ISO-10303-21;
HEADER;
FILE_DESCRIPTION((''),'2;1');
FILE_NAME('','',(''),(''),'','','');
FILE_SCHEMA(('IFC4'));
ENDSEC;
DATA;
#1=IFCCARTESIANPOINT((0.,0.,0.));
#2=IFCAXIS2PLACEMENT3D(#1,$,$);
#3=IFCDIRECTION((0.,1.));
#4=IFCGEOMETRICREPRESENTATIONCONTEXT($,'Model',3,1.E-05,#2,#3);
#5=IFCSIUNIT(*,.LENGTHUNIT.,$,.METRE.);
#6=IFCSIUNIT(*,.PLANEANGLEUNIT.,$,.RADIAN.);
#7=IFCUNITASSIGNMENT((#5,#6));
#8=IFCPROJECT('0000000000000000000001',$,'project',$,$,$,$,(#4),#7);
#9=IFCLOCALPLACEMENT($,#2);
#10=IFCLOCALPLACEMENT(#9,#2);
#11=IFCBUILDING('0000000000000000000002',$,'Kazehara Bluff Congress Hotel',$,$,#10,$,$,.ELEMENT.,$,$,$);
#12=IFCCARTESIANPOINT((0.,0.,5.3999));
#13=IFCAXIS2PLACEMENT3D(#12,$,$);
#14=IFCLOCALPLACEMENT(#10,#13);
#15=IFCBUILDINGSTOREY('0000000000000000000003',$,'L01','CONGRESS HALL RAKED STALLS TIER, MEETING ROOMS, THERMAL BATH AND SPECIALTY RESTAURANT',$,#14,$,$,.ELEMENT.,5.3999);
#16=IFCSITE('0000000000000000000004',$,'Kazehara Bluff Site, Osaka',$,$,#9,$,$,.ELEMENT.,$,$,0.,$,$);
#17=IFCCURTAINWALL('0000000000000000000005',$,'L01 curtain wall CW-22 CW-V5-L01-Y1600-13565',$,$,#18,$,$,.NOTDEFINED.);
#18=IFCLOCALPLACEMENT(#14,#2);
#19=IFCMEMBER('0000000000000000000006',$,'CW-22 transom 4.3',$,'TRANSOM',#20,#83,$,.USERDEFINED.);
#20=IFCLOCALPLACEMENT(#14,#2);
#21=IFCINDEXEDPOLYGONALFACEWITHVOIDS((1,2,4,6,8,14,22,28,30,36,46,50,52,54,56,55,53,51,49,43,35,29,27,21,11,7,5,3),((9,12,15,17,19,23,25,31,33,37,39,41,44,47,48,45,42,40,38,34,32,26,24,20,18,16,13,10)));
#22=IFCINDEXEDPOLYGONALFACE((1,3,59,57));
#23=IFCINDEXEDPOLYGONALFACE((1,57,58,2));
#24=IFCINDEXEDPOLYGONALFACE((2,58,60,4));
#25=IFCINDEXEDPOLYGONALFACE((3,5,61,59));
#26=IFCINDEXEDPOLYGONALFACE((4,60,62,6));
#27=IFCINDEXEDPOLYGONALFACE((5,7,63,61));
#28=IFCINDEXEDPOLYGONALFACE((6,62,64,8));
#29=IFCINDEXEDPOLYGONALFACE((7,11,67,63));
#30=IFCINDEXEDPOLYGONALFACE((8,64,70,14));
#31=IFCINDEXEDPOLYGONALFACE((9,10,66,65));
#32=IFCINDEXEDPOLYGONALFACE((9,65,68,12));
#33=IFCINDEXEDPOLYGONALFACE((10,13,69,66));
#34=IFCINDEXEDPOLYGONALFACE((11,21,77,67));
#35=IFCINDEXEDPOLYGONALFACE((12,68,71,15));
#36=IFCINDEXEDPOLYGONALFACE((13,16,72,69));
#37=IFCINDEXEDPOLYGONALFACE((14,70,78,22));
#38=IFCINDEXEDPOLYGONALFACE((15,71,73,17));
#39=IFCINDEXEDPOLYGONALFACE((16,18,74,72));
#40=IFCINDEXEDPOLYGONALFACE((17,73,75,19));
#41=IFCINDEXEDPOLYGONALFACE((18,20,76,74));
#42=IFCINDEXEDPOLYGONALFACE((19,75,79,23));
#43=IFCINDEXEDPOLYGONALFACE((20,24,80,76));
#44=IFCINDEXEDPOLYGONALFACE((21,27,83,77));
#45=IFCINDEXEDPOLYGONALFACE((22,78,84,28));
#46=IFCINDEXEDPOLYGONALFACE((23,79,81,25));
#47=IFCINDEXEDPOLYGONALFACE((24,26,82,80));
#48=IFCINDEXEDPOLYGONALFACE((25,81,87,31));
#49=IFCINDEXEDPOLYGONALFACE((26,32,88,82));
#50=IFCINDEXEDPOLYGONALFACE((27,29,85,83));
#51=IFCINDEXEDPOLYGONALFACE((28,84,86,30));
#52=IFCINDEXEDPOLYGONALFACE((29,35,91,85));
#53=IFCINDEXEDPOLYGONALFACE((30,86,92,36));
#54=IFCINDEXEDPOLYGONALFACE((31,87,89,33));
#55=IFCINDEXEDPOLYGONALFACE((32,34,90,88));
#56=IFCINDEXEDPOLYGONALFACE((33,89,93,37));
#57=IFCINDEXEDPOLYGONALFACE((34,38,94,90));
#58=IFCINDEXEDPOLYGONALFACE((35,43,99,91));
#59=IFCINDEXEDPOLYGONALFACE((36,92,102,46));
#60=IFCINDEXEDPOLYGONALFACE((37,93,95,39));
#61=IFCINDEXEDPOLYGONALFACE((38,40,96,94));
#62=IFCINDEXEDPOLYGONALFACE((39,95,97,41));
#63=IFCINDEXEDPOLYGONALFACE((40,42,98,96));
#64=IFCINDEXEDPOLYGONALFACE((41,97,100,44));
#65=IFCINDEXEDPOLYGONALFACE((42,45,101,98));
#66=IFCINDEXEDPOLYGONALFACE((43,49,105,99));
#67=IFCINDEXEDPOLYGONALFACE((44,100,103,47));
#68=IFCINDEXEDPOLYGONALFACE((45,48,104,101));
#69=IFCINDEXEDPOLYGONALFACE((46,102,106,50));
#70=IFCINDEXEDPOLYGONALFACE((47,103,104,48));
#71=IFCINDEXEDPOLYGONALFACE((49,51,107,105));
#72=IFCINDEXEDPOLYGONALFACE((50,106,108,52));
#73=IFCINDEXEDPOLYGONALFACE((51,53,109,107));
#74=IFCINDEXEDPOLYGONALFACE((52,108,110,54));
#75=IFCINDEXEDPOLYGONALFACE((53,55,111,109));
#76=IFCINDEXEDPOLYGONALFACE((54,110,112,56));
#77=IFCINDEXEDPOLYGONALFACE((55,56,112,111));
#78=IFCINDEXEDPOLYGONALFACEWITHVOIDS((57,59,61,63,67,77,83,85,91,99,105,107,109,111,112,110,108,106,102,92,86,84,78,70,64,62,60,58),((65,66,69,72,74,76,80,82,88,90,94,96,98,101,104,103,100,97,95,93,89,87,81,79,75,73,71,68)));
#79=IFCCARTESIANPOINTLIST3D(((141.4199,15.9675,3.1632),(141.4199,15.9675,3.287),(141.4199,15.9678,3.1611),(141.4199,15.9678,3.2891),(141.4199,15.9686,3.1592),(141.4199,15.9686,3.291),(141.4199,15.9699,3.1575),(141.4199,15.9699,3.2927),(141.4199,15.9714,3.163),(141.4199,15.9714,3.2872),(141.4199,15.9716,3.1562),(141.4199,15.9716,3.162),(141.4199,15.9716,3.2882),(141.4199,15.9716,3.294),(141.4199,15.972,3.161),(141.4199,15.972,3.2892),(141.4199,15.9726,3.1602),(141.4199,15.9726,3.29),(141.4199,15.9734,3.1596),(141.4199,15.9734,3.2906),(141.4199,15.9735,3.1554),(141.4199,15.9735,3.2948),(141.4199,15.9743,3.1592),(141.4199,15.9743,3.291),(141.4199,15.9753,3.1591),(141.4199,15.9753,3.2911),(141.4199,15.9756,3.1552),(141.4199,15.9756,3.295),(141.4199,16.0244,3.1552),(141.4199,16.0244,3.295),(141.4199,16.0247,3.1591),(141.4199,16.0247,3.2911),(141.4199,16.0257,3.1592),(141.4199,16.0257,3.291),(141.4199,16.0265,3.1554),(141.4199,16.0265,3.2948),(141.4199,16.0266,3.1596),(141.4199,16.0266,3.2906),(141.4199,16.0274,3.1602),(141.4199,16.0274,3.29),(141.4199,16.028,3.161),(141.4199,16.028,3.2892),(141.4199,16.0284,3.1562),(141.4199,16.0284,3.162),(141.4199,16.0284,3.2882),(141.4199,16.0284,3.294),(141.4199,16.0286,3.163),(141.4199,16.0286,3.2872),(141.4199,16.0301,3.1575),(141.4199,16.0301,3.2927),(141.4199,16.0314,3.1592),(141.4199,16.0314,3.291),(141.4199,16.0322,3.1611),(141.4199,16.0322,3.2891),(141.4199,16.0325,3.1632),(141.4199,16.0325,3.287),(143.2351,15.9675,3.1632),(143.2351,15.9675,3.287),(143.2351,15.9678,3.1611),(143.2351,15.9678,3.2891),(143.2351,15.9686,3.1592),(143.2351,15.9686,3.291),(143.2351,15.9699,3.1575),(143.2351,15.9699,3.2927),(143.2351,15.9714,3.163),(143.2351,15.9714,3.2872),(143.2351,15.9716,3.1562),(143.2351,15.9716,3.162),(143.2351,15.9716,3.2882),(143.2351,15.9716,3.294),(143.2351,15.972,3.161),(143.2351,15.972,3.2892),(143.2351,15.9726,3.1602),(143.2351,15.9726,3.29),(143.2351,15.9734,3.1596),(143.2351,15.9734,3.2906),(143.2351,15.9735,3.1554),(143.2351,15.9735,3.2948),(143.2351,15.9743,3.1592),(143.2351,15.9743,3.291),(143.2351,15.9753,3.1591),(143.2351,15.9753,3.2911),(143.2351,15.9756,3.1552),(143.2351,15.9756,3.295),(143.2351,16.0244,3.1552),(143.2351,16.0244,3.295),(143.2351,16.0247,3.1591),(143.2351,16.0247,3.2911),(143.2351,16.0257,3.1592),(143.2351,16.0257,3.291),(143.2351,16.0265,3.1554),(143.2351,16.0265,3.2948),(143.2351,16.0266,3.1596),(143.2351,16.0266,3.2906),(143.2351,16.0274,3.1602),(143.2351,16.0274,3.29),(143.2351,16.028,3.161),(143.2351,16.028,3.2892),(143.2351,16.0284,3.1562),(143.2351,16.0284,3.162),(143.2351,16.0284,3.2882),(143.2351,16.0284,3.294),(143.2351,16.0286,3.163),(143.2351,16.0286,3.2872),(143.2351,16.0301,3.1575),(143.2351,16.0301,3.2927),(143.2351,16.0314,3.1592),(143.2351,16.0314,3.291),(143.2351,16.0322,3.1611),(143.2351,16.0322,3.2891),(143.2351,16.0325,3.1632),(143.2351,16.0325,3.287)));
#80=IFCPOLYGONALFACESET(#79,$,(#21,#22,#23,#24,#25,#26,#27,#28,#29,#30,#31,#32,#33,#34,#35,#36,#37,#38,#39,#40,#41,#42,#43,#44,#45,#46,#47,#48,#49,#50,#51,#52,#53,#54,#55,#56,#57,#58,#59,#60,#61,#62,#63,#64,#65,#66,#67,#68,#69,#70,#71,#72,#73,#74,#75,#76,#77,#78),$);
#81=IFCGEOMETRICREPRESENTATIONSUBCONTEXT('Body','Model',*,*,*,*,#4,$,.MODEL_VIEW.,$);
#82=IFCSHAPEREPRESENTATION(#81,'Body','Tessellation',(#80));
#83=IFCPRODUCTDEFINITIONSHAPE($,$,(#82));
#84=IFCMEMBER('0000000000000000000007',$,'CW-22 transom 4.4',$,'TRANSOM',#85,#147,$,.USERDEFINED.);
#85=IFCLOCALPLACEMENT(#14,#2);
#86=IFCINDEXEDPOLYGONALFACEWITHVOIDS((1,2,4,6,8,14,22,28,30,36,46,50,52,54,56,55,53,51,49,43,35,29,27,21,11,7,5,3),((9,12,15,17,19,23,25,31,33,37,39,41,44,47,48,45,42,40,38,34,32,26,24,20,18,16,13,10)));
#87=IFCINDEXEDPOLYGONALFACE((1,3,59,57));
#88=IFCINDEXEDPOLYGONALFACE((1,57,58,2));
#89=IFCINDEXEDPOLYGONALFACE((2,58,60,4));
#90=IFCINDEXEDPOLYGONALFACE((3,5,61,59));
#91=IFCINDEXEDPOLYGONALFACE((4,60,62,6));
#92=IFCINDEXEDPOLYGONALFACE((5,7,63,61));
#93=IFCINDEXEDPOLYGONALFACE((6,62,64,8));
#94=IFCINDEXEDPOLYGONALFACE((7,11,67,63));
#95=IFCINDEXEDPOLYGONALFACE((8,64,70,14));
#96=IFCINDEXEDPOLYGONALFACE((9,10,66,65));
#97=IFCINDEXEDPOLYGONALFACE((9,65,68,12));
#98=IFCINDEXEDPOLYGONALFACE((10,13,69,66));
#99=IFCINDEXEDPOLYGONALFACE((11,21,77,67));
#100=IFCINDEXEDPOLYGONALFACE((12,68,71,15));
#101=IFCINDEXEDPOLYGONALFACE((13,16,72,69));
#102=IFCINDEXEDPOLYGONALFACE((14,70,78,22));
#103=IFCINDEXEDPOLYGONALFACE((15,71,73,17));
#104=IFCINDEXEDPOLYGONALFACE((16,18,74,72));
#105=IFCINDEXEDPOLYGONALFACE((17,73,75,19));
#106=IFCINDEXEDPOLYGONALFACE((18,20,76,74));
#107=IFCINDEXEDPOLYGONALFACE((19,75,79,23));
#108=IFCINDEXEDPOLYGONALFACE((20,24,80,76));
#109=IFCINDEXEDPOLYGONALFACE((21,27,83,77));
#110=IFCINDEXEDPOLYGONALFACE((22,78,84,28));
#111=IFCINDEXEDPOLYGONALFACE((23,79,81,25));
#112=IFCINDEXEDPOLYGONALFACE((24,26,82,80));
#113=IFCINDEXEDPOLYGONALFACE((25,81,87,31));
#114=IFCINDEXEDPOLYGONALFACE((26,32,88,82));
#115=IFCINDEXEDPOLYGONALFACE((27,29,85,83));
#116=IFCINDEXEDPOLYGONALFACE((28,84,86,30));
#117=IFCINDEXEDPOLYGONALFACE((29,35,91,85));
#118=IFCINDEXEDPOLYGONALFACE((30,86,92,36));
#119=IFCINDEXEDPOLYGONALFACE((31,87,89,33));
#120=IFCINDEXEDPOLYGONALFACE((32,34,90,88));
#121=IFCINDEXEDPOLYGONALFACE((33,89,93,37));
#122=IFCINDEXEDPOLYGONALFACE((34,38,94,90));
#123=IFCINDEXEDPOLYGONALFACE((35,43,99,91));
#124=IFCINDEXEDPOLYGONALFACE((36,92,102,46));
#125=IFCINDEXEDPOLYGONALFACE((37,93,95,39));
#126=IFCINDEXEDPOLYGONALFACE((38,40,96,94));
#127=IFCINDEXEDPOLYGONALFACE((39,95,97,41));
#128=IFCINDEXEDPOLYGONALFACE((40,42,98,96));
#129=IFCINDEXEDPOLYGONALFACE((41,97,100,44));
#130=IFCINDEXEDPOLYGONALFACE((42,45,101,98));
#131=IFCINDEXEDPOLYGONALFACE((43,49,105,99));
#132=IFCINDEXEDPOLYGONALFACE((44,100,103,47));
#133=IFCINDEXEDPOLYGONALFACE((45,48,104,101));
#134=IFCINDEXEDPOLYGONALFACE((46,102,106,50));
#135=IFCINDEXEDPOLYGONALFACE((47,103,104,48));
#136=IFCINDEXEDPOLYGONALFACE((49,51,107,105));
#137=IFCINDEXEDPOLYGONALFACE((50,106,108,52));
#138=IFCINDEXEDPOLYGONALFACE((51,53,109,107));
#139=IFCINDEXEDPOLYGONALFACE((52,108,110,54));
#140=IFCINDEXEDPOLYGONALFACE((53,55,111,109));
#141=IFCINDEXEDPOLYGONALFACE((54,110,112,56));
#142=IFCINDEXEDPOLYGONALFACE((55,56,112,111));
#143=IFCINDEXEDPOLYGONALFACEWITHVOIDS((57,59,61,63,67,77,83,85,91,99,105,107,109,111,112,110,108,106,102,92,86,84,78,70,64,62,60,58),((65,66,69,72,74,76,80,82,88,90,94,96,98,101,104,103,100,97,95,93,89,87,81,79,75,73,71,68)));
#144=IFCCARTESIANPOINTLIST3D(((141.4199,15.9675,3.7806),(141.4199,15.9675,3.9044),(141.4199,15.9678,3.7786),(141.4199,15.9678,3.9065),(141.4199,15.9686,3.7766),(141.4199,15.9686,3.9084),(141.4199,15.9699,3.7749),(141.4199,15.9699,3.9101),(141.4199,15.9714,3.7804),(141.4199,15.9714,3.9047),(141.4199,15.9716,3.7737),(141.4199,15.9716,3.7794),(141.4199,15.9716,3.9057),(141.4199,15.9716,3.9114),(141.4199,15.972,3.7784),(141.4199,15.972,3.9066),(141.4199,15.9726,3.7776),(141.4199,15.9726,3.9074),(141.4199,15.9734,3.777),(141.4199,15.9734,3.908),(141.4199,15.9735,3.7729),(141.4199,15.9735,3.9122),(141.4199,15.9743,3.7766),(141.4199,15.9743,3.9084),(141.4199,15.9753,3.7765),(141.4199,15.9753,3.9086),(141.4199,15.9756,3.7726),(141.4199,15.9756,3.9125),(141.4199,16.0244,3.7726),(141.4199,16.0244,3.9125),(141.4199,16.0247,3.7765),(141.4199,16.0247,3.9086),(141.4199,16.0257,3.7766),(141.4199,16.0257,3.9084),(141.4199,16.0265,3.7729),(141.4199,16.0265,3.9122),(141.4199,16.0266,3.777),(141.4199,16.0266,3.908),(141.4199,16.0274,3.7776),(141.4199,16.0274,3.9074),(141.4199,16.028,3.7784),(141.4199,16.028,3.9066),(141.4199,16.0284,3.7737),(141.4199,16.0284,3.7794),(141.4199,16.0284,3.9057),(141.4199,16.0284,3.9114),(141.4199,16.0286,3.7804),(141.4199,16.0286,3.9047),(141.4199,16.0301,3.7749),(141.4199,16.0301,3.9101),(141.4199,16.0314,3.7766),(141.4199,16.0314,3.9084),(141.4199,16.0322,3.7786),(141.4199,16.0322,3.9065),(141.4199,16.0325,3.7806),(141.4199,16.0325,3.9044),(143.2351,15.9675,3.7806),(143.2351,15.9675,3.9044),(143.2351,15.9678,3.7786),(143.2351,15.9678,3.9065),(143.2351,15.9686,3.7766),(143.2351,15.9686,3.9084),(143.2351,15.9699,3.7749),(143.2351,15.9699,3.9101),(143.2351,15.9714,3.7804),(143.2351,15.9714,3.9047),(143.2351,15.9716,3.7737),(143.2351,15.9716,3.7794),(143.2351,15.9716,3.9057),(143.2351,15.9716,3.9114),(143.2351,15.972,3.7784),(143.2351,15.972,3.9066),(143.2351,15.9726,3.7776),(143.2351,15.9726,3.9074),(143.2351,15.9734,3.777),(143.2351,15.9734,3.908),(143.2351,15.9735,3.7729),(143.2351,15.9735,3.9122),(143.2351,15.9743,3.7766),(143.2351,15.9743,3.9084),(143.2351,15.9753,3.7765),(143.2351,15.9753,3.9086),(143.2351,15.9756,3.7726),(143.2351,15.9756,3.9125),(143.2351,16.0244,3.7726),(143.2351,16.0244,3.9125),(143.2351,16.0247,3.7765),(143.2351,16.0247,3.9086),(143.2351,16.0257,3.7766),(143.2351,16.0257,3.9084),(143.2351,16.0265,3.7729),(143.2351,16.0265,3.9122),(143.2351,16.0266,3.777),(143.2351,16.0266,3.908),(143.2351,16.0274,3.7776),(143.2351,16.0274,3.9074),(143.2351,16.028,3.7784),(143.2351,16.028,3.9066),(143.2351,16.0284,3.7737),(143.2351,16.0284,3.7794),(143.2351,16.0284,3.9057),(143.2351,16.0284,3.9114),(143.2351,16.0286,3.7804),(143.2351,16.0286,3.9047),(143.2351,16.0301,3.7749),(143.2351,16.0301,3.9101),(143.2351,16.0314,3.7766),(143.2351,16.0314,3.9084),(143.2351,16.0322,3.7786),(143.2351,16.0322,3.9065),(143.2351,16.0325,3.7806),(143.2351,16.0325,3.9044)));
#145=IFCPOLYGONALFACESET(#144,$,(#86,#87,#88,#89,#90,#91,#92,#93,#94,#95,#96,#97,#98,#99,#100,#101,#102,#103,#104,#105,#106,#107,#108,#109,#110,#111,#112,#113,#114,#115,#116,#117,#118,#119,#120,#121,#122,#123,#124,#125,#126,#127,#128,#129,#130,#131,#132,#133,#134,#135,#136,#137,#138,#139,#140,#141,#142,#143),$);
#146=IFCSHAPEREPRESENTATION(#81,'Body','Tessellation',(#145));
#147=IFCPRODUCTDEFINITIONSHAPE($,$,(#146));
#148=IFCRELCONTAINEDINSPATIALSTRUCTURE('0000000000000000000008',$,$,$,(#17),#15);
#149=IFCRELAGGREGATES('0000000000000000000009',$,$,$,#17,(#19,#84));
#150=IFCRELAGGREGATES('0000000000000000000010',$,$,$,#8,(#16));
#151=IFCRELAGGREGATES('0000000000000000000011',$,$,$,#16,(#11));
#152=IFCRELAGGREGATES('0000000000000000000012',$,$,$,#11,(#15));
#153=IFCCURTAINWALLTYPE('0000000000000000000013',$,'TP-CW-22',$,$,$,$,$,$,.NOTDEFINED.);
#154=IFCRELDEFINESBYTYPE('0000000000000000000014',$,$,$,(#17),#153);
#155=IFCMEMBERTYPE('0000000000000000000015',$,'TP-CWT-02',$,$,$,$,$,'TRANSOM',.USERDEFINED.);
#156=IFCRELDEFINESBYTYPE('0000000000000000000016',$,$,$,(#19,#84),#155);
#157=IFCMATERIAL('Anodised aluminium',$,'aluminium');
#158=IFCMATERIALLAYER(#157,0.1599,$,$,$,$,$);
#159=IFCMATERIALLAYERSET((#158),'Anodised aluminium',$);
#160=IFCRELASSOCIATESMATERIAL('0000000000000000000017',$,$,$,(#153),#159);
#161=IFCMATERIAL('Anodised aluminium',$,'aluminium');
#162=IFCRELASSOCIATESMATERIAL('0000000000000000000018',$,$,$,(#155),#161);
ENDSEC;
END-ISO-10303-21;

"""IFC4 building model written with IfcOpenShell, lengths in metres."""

from ifc_helpers import new_model, si_unit, direction, frame, origin, origin_2d, place, context, subcontext, project, spatial, hollow_rectangle, extrude, material, layer, layer_set, material_profile, profile_set, type_object, element, aggregate, save


model = new_model("IFC4")

# Units and contexts
model_context = context("Model", 3, precision=1e-05, world=origin(), true_north=direction((0.0, 1.0)))
body_context = subcontext(model_context, "Body", "Model", "MODEL_VIEW")
ifc_project = project(units=[si_unit("LENGTHUNIT", "METRE"), si_unit("PLANEANGLEUNIT", "RADIAN")], contexts=[model_context])

# Site, building, storey
site_placement = place(None, origin())
site = spatial("IfcSite", under=ifc_project, at=site_placement, Name="Kazehara Bluff Site, Osaka", CompositionType="ELEMENT", RefElevation=0.0)
building_placement = place(site_placement, origin())
building = spatial("IfcBuilding", under=site, at=building_placement, Name="Kazehara Bluff Congress Hotel", CompositionType="ELEMENT")
storey_placement = place(building_placement, frame((0.0, 0.0, 5.3999)))
storey = spatial("IfcBuildingStorey", under=building, at=storey_placement, Name="L01", Description="CONGRESS HALL RAKED STALLS TIER, MEETING ROOMS, THERMAL BATH AND SPECIALTY RESTAURANT", CompositionType="ELEMENT", Elevation=5.3999)

# Curtain wall
ifc_material_1 = material(Name="Anodised aluminium", Category="aluminium")
ifc_layer_1 = layer(ifc_material_1, 0.1599)
ifc_layer_set_1 = layer_set([ifc_layer_1], Name="Anodised aluminium")
curtain_wall_type_1 = type_object("IfcCurtainWallType", Name="TP-CW-22", PredefinedType="NOTDEFINED", material=ifc_layer_set_1)
curtain_wall_1_placement = place(storey_placement, origin())
curtain_wall_1 = element("IfcCurtainWall", 1, at=curtain_wall_1_placement, inside=storey, type_object=curtain_wall_type_1, Name="L01 curtain wall CW-22 CW-V5-L01-Y1600-13565", PredefinedType="NOTDEFINED")

# Members
ifc_material_2 = material(Name="Anodised aluminium", Category="aluminium")
ifc_material_profile_1 = material_profile(ifc_material_2, hollow_rectangle(XDim=0.0649, YDim=0.1399, WallThickness=0.0039, InnerFilletRadius=0.0039, OuterFilletRadius=0.0081, at=origin_2d()))
ifc_profile_set_1 = profile_set([ifc_material_profile_1], Name="Anodised aluminium")
member_type_1 = type_object("IfcMemberType", Name="TP-CWT-02", ElementType="TRANSOM", PredefinedType="USERDEFINED", material=ifc_profile_set_1)
member_1_placement = place(storey_placement, frame((141.4199, 16.0, 3.2251), z_axis=(1.0, 0.0, 0.0), x_axis=(0.0, 1.0, 0.0)))
member_1 = element("IfcMember", 2, at=member_1_placement, type_object=member_type_1, Name="CW-22 transom 4.3", ObjectType="TRANSOM", PredefinedType="USERDEFINED", context=body_context, shape_type="SweptSolid", body=[
    extrude(hollow_rectangle(XDim=0.0649, YDim=0.1399, WallThickness=0.0039, InnerFilletRadius=0.0039, OuterFilletRadius=0.0081, at=origin_2d()), origin(), (0.0, 0.0, 1.0), 1.8152),
])
member_2_placement = place(storey_placement, frame((141.4199, 16.0, 3.8425), z_axis=(1.0, 0.0, 0.0), x_axis=(0.0, 1.0, 0.0)))
member_2 = element("IfcMember", 3, at=member_2_placement, type_object=member_type_1, Name="CW-22 transom 4.4", ObjectType="TRANSOM", PredefinedType="USERDEFINED", context=body_context, shape_type="SweptSolid", body=[
    extrude(hollow_rectangle(XDim=0.0649, YDim=0.1399, WallThickness=0.0039, InnerFilletRadius=0.0039, OuterFilletRadius=0.0081, at=origin_2d()), origin(), (0.0, 0.0, 1.0), 1.8152),
])

aggregate(curtain_wall_1, [member_1, member_2])

save(model, "model.ifc")
